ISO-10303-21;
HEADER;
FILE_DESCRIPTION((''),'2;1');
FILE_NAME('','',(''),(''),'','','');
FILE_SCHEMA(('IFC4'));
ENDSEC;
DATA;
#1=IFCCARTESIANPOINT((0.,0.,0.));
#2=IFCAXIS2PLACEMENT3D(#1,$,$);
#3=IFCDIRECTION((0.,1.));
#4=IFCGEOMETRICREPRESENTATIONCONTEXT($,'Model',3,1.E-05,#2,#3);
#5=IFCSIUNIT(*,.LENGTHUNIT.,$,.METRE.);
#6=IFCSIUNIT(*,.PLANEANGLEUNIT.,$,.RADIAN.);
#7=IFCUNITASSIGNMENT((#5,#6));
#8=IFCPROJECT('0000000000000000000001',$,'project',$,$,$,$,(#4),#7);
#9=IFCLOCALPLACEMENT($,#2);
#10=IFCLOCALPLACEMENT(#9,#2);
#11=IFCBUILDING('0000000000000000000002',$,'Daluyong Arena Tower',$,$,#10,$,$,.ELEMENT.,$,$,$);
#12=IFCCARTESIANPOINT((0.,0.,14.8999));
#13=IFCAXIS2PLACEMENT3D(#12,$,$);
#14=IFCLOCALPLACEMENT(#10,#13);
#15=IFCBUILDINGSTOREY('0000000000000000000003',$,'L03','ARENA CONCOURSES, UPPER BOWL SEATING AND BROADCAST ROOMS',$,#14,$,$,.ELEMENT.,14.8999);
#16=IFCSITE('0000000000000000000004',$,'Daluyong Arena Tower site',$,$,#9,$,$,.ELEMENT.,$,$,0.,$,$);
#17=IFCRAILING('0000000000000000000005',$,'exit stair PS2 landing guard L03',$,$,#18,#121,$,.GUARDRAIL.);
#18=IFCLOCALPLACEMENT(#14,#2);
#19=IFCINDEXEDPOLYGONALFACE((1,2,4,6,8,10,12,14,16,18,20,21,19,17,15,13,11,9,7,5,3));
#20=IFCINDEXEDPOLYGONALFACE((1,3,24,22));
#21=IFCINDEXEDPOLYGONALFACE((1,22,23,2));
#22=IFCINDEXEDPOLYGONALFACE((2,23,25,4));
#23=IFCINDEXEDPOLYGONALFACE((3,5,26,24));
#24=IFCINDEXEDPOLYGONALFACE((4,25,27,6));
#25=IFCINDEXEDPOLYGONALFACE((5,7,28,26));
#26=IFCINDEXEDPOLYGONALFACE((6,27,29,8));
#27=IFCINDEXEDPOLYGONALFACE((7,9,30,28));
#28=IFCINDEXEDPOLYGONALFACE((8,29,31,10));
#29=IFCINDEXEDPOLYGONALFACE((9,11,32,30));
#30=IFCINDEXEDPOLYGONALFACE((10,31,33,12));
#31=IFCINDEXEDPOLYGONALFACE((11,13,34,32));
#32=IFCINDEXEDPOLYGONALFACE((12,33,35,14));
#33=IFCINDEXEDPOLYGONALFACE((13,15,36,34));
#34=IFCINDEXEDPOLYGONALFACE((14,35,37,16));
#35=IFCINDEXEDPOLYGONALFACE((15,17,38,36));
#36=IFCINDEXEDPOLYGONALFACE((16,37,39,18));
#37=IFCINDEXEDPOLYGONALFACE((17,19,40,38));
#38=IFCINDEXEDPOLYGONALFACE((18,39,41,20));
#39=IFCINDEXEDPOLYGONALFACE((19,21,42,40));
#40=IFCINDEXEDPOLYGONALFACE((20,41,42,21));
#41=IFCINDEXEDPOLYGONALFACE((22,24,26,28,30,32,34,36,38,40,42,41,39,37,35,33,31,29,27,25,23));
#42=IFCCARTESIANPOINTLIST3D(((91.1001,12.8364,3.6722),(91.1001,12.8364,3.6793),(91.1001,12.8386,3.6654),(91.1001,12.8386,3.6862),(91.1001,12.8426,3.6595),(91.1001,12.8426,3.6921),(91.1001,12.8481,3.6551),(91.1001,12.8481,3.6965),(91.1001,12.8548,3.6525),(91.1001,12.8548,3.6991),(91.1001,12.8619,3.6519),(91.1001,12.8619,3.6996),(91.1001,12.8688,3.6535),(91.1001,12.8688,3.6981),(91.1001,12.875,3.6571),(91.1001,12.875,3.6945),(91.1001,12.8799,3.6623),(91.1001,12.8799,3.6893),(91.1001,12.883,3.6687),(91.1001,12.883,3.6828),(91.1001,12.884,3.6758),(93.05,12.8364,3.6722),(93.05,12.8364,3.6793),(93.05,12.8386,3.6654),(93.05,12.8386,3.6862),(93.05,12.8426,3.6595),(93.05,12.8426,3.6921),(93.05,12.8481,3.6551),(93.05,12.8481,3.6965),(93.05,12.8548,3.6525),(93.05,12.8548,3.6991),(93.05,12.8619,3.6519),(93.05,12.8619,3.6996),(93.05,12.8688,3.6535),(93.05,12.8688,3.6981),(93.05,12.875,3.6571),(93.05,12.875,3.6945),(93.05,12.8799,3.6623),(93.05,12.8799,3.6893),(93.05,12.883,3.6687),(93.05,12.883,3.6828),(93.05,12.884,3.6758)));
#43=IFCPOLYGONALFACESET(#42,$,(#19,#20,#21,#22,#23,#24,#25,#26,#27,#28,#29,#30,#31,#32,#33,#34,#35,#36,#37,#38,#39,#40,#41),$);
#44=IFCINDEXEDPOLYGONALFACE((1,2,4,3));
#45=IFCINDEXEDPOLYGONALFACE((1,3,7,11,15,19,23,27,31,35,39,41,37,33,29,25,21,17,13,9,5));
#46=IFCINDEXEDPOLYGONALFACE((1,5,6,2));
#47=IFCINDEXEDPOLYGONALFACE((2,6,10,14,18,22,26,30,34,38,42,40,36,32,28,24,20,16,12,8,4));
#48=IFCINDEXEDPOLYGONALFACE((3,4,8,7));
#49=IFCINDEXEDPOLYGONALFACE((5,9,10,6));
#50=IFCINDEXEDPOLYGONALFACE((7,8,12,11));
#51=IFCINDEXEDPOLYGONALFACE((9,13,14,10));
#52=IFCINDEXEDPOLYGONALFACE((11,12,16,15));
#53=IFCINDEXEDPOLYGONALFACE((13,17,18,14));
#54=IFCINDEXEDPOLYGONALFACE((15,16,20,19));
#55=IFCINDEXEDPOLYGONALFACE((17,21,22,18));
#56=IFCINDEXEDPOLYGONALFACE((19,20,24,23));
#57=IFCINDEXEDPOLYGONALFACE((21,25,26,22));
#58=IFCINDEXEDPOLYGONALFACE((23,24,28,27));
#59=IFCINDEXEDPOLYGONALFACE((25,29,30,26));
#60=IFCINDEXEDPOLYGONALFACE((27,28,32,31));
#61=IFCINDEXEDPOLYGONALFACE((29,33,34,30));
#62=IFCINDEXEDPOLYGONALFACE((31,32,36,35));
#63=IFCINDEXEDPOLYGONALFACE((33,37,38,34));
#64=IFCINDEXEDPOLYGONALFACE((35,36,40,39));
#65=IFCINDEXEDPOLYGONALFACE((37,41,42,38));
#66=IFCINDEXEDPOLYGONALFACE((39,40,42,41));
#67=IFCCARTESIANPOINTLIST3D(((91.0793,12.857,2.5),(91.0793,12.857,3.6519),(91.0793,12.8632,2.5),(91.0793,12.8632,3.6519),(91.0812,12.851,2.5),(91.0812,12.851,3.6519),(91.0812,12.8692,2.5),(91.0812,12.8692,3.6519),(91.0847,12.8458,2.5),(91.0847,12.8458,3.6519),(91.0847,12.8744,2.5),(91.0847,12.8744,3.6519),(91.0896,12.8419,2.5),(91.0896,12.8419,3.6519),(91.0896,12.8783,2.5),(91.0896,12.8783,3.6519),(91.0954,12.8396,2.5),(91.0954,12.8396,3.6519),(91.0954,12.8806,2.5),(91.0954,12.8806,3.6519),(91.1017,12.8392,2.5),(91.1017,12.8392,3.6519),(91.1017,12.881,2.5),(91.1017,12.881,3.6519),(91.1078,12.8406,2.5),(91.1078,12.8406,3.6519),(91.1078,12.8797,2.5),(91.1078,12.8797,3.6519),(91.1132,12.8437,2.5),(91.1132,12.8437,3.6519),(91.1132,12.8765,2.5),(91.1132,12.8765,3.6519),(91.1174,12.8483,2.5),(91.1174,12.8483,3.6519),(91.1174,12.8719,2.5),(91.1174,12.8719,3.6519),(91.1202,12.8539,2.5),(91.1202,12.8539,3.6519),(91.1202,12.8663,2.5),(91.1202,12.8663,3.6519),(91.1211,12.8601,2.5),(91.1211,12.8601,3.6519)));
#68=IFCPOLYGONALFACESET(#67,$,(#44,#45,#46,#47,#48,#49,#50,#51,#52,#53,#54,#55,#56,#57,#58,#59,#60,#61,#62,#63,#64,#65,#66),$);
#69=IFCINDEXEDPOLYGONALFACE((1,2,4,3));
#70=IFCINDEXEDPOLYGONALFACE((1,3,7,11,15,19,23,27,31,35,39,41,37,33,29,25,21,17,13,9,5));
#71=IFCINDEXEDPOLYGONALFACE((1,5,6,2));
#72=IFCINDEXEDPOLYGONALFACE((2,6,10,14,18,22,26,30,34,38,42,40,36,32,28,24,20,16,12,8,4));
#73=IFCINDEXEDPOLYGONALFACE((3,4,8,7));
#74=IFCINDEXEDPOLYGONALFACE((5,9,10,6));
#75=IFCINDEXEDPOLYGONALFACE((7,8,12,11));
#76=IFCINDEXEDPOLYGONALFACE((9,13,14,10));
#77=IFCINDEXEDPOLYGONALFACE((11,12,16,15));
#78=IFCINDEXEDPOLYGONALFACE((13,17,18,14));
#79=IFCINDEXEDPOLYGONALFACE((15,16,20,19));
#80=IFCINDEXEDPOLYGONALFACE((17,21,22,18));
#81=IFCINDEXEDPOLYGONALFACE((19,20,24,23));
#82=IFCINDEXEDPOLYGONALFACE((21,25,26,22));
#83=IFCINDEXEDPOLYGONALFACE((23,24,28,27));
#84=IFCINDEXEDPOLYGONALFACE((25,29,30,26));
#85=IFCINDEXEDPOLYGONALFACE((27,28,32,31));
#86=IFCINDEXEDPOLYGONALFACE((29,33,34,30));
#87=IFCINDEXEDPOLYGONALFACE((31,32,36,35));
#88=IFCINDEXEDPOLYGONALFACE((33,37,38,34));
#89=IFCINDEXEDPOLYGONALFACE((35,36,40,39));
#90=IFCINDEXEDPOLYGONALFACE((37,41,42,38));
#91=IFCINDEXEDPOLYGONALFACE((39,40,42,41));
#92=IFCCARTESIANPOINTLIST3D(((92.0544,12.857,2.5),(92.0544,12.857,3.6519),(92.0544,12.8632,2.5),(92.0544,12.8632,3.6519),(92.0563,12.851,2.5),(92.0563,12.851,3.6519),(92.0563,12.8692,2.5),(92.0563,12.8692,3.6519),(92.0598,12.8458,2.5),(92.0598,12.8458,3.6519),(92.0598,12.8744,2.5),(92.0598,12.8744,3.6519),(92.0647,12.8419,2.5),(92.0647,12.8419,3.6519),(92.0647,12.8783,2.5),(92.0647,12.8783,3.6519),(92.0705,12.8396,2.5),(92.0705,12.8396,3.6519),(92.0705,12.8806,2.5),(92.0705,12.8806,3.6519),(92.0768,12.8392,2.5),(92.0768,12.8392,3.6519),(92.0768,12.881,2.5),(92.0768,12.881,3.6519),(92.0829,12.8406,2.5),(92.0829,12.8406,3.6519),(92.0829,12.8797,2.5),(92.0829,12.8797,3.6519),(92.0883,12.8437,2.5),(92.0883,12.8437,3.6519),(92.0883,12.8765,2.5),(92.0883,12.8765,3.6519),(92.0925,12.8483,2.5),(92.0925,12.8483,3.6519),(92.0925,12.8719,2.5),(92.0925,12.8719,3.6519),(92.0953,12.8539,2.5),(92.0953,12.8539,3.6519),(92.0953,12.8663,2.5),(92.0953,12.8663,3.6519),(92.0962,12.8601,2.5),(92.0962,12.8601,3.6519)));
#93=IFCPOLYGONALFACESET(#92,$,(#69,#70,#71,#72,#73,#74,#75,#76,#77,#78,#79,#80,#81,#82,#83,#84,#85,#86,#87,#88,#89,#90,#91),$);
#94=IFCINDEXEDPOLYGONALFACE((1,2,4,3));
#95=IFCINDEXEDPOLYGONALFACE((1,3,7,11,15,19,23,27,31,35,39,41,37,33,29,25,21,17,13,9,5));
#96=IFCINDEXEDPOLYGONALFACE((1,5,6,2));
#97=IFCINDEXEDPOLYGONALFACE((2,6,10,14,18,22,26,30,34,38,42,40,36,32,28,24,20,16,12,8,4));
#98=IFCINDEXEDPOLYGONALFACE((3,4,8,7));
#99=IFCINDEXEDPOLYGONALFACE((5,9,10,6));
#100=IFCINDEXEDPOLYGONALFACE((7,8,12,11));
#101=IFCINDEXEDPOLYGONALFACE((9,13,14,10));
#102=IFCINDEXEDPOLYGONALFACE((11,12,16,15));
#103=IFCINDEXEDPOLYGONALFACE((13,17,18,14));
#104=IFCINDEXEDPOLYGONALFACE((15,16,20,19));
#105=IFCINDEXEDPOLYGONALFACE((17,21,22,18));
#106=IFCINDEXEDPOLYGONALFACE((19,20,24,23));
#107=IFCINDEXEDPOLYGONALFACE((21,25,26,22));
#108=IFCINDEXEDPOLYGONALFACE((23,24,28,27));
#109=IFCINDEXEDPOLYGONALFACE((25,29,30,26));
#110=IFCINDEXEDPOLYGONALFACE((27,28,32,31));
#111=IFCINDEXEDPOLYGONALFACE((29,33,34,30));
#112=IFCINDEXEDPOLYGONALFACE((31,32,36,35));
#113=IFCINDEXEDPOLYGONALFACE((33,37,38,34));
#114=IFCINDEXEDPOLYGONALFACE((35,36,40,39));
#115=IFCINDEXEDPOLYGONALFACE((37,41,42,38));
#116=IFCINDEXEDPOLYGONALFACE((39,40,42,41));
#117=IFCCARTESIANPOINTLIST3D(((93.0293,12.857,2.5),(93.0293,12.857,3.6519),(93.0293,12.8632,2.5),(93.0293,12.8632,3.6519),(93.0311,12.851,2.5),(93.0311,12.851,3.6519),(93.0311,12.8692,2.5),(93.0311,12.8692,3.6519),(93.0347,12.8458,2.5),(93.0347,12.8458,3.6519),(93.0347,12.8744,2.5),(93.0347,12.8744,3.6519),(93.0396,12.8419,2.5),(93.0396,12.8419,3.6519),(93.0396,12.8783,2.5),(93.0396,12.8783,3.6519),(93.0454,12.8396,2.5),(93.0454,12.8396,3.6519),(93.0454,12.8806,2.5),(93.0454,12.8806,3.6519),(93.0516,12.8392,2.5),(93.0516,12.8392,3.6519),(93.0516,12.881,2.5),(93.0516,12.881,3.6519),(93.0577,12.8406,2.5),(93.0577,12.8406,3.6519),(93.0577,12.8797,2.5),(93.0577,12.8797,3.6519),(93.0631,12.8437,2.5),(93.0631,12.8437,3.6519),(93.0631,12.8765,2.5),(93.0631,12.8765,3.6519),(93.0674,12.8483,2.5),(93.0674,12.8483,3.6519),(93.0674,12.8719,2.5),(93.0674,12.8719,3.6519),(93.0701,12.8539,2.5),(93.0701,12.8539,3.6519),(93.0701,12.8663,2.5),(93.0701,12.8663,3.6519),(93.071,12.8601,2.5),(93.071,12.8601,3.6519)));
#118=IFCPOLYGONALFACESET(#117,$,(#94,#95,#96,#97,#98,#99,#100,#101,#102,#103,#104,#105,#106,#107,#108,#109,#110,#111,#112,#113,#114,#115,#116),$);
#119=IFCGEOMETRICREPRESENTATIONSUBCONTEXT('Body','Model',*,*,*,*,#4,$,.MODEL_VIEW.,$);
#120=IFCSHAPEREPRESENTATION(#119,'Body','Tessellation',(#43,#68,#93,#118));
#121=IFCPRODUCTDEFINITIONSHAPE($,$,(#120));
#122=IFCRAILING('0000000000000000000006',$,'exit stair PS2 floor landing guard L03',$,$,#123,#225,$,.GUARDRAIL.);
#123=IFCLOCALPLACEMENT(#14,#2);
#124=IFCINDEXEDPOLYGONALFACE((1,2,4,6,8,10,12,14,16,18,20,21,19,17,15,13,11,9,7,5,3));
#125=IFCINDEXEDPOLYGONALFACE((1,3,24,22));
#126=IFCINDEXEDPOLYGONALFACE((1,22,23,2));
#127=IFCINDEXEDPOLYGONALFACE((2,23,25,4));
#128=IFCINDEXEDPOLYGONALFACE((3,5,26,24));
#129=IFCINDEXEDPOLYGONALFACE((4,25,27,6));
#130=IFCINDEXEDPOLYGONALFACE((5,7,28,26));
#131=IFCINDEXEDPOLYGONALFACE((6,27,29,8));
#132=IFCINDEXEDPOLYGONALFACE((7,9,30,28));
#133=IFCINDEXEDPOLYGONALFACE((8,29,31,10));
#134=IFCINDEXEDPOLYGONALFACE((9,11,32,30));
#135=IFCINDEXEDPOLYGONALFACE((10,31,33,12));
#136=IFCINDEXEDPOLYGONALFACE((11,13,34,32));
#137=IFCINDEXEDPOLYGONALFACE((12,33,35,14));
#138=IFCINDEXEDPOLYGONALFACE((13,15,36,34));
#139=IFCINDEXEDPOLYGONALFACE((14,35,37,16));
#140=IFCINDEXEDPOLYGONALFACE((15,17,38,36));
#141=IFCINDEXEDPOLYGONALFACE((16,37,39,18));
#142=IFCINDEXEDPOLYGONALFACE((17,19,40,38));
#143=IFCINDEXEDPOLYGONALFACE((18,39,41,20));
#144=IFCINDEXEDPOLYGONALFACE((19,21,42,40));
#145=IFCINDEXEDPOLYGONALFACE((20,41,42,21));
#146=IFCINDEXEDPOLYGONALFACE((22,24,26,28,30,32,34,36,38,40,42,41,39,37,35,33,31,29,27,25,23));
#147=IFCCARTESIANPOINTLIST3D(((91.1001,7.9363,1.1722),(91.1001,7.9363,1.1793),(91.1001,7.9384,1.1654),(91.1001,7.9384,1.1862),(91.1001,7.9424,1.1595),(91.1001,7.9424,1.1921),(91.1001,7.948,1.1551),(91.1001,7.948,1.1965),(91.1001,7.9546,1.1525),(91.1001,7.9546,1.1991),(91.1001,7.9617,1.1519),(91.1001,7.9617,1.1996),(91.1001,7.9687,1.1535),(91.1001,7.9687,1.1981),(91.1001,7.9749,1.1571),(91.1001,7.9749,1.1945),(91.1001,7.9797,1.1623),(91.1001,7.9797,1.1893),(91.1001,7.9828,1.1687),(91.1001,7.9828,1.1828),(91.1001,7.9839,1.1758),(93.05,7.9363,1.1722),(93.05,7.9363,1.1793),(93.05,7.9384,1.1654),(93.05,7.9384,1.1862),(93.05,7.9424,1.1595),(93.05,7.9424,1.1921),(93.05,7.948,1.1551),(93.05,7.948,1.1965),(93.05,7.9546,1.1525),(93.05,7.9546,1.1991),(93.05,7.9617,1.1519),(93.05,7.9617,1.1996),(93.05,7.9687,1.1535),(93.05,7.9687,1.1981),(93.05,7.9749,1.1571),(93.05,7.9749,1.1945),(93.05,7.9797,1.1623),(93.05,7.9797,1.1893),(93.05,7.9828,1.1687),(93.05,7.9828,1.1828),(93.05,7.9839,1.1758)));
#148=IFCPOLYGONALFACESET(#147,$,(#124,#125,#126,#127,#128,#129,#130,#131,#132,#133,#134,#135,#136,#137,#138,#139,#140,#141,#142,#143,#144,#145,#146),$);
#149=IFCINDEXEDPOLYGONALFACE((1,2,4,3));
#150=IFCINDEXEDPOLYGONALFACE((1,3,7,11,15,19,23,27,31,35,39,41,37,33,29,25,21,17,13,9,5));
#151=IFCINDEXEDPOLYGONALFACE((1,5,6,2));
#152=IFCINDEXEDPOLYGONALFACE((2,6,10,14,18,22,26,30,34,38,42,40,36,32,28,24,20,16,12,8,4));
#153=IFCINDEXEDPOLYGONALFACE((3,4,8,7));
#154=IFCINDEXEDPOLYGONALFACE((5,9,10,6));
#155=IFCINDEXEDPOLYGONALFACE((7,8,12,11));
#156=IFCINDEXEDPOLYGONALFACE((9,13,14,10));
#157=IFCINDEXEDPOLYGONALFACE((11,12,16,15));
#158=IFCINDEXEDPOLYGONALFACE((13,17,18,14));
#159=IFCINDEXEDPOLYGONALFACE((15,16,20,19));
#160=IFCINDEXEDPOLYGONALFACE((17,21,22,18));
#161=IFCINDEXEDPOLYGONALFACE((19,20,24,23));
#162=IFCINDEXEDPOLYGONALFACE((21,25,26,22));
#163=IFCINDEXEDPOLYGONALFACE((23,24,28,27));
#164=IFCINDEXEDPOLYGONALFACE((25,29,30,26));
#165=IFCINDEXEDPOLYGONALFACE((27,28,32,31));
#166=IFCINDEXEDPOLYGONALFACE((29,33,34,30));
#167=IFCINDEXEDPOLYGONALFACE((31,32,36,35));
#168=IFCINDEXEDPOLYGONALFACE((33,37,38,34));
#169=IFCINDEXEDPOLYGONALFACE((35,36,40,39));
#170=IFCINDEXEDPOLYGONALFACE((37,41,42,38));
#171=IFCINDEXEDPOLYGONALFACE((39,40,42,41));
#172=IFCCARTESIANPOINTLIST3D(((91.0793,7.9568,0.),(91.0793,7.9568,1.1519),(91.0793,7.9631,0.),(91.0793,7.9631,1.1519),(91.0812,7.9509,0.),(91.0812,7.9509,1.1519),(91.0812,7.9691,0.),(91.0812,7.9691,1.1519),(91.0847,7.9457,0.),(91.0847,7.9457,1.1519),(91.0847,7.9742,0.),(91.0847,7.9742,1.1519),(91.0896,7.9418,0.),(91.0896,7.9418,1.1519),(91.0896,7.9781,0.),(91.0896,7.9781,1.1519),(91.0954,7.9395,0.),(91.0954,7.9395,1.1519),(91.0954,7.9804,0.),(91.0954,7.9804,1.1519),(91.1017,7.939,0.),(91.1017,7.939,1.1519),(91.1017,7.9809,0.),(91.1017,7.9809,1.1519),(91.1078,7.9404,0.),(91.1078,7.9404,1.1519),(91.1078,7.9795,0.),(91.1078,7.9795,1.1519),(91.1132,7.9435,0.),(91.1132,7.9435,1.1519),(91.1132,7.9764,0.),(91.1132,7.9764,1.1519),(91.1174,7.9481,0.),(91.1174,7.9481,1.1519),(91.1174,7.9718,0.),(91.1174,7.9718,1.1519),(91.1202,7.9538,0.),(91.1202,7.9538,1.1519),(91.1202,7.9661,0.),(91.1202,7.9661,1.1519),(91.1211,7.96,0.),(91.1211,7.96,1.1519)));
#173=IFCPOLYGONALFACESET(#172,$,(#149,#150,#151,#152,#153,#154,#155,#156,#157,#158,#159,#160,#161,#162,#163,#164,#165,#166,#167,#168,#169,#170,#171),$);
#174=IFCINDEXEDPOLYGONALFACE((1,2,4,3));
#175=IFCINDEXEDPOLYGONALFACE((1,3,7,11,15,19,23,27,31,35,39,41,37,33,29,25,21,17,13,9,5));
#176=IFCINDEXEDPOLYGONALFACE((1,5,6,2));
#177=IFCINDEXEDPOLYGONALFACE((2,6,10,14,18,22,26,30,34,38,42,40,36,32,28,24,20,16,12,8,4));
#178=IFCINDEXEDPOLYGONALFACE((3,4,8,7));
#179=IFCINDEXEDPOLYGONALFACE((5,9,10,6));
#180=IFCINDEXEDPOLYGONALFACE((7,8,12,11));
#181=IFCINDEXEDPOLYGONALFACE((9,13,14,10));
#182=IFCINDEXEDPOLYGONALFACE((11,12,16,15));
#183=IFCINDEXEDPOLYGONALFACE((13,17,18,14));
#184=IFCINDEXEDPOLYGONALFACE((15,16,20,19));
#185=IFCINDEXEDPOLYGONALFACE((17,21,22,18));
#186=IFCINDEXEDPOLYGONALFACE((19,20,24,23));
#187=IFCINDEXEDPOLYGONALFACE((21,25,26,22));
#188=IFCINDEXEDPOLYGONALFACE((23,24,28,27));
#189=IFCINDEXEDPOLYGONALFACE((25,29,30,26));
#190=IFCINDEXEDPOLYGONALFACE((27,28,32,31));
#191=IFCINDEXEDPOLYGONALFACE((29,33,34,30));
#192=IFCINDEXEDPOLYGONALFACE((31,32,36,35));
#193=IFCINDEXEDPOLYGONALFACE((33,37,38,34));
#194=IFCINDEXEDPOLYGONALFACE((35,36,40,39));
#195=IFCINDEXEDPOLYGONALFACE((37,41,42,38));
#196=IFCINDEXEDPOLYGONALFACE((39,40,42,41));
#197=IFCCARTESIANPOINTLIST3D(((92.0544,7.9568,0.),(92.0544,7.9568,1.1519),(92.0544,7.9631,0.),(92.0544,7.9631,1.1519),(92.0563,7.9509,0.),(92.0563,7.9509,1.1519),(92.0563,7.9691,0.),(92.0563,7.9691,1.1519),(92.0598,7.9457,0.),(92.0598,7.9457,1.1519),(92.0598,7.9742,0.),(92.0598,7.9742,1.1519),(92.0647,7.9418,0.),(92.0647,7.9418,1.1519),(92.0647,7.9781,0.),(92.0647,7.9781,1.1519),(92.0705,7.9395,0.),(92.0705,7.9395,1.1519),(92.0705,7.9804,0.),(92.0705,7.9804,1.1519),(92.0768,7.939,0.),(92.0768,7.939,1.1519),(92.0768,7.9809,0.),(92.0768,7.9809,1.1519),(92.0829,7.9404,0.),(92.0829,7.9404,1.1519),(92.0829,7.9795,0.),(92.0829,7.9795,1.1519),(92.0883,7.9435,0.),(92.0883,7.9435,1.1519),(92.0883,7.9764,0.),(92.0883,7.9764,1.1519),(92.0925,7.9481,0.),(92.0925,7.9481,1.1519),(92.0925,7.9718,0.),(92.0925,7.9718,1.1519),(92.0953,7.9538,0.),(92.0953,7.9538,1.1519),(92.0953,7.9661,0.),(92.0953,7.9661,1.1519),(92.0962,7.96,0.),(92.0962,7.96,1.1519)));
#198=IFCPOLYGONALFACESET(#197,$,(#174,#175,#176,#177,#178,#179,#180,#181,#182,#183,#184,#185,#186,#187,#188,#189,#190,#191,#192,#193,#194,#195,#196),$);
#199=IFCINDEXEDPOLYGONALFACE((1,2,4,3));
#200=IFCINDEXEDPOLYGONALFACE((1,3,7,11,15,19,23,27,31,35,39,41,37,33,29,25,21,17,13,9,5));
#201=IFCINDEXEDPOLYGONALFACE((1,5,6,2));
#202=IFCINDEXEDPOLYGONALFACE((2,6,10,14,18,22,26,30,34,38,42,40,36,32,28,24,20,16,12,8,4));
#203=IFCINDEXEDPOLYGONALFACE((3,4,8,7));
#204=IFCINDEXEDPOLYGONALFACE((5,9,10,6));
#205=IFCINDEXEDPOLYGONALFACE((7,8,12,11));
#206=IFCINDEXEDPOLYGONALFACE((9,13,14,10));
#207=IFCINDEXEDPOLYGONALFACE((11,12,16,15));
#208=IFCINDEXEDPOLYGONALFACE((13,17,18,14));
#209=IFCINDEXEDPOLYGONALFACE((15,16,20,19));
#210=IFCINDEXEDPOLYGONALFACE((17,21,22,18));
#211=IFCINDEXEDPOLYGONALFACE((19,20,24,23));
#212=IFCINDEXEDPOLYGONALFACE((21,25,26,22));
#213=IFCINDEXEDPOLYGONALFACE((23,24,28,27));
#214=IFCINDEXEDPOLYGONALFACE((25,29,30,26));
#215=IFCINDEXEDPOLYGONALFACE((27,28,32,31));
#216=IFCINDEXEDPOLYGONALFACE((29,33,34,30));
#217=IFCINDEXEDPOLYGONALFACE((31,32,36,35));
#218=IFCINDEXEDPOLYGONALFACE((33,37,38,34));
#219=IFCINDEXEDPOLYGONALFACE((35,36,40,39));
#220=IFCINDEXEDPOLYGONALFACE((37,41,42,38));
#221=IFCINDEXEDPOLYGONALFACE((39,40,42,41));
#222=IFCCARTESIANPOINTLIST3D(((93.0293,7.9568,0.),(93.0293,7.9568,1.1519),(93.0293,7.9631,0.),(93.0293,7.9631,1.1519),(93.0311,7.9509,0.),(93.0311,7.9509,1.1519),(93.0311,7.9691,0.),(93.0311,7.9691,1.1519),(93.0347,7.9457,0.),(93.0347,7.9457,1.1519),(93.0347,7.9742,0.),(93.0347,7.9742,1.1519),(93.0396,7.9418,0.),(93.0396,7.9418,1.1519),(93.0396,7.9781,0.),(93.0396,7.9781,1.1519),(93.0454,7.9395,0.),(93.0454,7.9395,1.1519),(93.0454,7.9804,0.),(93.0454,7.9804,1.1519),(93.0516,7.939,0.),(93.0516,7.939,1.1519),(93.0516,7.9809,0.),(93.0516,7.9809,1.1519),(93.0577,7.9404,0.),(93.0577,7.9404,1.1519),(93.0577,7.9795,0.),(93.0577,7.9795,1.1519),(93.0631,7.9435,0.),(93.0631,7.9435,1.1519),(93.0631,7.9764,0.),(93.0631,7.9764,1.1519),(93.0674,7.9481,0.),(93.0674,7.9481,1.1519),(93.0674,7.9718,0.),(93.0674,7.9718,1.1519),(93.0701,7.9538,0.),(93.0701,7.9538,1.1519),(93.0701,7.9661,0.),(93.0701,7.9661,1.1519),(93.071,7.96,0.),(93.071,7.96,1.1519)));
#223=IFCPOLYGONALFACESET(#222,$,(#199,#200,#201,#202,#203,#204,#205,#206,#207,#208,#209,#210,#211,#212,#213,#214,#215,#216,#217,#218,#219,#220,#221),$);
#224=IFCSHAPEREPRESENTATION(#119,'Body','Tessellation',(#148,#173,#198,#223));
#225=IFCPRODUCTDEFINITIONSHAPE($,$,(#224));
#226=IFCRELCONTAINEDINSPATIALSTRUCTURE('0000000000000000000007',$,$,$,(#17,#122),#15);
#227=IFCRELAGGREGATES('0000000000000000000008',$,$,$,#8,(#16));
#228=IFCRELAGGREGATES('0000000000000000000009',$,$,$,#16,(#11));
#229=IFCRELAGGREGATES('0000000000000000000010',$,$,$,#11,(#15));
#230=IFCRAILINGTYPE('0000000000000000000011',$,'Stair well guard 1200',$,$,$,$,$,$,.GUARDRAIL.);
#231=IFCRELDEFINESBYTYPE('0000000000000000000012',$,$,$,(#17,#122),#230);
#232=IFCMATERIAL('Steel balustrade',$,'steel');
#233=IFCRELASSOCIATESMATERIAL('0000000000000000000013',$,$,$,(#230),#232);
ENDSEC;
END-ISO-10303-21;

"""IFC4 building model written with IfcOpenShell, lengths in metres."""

from ifc_helpers import new_model, si_unit, direction, frame, origin, origin_2d, place, context, subcontext, project, spatial, circle, extrude, material, type_object, element, save


model = new_model("IFC4")

# Units and contexts
model_context = context("Model", 3, precision=1e-05, world=origin(), true_north=direction((0.0, 1.0)))
body_context = subcontext(model_context, "Body", "Model", "MODEL_VIEW")
ifc_project = project(units=[si_unit("LENGTHUNIT", "METRE"), si_unit("PLANEANGLEUNIT", "RADIAN")], contexts=[model_context])

# Site, building, storey
site_placement = place(None, origin())
site = spatial("IfcSite", under=ifc_project, at=site_placement, Name="Daluyong Arena Tower site", CompositionType="ELEMENT", RefElevation=0.0)
building_placement = place(site_placement, origin())
building = spatial("IfcBuilding", under=site, at=building_placement, Name="Daluyong Arena Tower", CompositionType="ELEMENT")
storey_placement = place(building_placement, frame((0.0, 0.0, 14.8999)))
storey = spatial("IfcBuildingStorey", under=building, at=storey_placement, Name="L03", Description="ARENA CONCOURSES, UPPER BOWL SEATING AND BROADCAST ROOMS", CompositionType="ELEMENT", Elevation=14.8999)

# Railings
ifc_material_1 = material(Name="Steel balustrade", Category="steel")
railing_type_1 = type_object("IfcRailingType", Name="Stair well guard 1200", PredefinedType="GUARDRAIL", material=ifc_material_1)
for number, where, name in (
    (1, (91.1001, 12.8601, 2.5), "exit stair PS2 landing guard L03"),
    (2, (91.1001, 7.96, 0.0), "exit stair PS2 floor landing guard L03"),
):
    element("IfcRailing", number, at=place(storey_placement, frame(where)), inside=storey, type_object=railing_type_1, Name=name, PredefinedType="GUARDRAIL", context=body_context, shape_type="SweptSolid", body=[
        extrude(circle(Radius=0.0239, at=origin_2d()), frame((0.0, 0.0, 1.1758), z_axis=(1.0, 0.0, 0.0), x_axis=(0.0, 1.0, 0.0)), (0.0, 0.0, 1.0), 1.95),
        extrude(circle(Radius=0.021, at=origin_2d()), origin(), (0.0, 0.0, 1.0), 1.1519),
        extrude(circle(Radius=0.021, at=origin_2d()), frame((0.9751, 0.0, 0.0)), (0.0, 0.0, 1.0), 1.1519),
        extrude(circle(Radius=0.021, at=origin_2d()), frame((1.95, 0.0, 0.0)), (0.0, 0.0, 1.0), 1.1519),
    ])

save(model, "model.ifc")
